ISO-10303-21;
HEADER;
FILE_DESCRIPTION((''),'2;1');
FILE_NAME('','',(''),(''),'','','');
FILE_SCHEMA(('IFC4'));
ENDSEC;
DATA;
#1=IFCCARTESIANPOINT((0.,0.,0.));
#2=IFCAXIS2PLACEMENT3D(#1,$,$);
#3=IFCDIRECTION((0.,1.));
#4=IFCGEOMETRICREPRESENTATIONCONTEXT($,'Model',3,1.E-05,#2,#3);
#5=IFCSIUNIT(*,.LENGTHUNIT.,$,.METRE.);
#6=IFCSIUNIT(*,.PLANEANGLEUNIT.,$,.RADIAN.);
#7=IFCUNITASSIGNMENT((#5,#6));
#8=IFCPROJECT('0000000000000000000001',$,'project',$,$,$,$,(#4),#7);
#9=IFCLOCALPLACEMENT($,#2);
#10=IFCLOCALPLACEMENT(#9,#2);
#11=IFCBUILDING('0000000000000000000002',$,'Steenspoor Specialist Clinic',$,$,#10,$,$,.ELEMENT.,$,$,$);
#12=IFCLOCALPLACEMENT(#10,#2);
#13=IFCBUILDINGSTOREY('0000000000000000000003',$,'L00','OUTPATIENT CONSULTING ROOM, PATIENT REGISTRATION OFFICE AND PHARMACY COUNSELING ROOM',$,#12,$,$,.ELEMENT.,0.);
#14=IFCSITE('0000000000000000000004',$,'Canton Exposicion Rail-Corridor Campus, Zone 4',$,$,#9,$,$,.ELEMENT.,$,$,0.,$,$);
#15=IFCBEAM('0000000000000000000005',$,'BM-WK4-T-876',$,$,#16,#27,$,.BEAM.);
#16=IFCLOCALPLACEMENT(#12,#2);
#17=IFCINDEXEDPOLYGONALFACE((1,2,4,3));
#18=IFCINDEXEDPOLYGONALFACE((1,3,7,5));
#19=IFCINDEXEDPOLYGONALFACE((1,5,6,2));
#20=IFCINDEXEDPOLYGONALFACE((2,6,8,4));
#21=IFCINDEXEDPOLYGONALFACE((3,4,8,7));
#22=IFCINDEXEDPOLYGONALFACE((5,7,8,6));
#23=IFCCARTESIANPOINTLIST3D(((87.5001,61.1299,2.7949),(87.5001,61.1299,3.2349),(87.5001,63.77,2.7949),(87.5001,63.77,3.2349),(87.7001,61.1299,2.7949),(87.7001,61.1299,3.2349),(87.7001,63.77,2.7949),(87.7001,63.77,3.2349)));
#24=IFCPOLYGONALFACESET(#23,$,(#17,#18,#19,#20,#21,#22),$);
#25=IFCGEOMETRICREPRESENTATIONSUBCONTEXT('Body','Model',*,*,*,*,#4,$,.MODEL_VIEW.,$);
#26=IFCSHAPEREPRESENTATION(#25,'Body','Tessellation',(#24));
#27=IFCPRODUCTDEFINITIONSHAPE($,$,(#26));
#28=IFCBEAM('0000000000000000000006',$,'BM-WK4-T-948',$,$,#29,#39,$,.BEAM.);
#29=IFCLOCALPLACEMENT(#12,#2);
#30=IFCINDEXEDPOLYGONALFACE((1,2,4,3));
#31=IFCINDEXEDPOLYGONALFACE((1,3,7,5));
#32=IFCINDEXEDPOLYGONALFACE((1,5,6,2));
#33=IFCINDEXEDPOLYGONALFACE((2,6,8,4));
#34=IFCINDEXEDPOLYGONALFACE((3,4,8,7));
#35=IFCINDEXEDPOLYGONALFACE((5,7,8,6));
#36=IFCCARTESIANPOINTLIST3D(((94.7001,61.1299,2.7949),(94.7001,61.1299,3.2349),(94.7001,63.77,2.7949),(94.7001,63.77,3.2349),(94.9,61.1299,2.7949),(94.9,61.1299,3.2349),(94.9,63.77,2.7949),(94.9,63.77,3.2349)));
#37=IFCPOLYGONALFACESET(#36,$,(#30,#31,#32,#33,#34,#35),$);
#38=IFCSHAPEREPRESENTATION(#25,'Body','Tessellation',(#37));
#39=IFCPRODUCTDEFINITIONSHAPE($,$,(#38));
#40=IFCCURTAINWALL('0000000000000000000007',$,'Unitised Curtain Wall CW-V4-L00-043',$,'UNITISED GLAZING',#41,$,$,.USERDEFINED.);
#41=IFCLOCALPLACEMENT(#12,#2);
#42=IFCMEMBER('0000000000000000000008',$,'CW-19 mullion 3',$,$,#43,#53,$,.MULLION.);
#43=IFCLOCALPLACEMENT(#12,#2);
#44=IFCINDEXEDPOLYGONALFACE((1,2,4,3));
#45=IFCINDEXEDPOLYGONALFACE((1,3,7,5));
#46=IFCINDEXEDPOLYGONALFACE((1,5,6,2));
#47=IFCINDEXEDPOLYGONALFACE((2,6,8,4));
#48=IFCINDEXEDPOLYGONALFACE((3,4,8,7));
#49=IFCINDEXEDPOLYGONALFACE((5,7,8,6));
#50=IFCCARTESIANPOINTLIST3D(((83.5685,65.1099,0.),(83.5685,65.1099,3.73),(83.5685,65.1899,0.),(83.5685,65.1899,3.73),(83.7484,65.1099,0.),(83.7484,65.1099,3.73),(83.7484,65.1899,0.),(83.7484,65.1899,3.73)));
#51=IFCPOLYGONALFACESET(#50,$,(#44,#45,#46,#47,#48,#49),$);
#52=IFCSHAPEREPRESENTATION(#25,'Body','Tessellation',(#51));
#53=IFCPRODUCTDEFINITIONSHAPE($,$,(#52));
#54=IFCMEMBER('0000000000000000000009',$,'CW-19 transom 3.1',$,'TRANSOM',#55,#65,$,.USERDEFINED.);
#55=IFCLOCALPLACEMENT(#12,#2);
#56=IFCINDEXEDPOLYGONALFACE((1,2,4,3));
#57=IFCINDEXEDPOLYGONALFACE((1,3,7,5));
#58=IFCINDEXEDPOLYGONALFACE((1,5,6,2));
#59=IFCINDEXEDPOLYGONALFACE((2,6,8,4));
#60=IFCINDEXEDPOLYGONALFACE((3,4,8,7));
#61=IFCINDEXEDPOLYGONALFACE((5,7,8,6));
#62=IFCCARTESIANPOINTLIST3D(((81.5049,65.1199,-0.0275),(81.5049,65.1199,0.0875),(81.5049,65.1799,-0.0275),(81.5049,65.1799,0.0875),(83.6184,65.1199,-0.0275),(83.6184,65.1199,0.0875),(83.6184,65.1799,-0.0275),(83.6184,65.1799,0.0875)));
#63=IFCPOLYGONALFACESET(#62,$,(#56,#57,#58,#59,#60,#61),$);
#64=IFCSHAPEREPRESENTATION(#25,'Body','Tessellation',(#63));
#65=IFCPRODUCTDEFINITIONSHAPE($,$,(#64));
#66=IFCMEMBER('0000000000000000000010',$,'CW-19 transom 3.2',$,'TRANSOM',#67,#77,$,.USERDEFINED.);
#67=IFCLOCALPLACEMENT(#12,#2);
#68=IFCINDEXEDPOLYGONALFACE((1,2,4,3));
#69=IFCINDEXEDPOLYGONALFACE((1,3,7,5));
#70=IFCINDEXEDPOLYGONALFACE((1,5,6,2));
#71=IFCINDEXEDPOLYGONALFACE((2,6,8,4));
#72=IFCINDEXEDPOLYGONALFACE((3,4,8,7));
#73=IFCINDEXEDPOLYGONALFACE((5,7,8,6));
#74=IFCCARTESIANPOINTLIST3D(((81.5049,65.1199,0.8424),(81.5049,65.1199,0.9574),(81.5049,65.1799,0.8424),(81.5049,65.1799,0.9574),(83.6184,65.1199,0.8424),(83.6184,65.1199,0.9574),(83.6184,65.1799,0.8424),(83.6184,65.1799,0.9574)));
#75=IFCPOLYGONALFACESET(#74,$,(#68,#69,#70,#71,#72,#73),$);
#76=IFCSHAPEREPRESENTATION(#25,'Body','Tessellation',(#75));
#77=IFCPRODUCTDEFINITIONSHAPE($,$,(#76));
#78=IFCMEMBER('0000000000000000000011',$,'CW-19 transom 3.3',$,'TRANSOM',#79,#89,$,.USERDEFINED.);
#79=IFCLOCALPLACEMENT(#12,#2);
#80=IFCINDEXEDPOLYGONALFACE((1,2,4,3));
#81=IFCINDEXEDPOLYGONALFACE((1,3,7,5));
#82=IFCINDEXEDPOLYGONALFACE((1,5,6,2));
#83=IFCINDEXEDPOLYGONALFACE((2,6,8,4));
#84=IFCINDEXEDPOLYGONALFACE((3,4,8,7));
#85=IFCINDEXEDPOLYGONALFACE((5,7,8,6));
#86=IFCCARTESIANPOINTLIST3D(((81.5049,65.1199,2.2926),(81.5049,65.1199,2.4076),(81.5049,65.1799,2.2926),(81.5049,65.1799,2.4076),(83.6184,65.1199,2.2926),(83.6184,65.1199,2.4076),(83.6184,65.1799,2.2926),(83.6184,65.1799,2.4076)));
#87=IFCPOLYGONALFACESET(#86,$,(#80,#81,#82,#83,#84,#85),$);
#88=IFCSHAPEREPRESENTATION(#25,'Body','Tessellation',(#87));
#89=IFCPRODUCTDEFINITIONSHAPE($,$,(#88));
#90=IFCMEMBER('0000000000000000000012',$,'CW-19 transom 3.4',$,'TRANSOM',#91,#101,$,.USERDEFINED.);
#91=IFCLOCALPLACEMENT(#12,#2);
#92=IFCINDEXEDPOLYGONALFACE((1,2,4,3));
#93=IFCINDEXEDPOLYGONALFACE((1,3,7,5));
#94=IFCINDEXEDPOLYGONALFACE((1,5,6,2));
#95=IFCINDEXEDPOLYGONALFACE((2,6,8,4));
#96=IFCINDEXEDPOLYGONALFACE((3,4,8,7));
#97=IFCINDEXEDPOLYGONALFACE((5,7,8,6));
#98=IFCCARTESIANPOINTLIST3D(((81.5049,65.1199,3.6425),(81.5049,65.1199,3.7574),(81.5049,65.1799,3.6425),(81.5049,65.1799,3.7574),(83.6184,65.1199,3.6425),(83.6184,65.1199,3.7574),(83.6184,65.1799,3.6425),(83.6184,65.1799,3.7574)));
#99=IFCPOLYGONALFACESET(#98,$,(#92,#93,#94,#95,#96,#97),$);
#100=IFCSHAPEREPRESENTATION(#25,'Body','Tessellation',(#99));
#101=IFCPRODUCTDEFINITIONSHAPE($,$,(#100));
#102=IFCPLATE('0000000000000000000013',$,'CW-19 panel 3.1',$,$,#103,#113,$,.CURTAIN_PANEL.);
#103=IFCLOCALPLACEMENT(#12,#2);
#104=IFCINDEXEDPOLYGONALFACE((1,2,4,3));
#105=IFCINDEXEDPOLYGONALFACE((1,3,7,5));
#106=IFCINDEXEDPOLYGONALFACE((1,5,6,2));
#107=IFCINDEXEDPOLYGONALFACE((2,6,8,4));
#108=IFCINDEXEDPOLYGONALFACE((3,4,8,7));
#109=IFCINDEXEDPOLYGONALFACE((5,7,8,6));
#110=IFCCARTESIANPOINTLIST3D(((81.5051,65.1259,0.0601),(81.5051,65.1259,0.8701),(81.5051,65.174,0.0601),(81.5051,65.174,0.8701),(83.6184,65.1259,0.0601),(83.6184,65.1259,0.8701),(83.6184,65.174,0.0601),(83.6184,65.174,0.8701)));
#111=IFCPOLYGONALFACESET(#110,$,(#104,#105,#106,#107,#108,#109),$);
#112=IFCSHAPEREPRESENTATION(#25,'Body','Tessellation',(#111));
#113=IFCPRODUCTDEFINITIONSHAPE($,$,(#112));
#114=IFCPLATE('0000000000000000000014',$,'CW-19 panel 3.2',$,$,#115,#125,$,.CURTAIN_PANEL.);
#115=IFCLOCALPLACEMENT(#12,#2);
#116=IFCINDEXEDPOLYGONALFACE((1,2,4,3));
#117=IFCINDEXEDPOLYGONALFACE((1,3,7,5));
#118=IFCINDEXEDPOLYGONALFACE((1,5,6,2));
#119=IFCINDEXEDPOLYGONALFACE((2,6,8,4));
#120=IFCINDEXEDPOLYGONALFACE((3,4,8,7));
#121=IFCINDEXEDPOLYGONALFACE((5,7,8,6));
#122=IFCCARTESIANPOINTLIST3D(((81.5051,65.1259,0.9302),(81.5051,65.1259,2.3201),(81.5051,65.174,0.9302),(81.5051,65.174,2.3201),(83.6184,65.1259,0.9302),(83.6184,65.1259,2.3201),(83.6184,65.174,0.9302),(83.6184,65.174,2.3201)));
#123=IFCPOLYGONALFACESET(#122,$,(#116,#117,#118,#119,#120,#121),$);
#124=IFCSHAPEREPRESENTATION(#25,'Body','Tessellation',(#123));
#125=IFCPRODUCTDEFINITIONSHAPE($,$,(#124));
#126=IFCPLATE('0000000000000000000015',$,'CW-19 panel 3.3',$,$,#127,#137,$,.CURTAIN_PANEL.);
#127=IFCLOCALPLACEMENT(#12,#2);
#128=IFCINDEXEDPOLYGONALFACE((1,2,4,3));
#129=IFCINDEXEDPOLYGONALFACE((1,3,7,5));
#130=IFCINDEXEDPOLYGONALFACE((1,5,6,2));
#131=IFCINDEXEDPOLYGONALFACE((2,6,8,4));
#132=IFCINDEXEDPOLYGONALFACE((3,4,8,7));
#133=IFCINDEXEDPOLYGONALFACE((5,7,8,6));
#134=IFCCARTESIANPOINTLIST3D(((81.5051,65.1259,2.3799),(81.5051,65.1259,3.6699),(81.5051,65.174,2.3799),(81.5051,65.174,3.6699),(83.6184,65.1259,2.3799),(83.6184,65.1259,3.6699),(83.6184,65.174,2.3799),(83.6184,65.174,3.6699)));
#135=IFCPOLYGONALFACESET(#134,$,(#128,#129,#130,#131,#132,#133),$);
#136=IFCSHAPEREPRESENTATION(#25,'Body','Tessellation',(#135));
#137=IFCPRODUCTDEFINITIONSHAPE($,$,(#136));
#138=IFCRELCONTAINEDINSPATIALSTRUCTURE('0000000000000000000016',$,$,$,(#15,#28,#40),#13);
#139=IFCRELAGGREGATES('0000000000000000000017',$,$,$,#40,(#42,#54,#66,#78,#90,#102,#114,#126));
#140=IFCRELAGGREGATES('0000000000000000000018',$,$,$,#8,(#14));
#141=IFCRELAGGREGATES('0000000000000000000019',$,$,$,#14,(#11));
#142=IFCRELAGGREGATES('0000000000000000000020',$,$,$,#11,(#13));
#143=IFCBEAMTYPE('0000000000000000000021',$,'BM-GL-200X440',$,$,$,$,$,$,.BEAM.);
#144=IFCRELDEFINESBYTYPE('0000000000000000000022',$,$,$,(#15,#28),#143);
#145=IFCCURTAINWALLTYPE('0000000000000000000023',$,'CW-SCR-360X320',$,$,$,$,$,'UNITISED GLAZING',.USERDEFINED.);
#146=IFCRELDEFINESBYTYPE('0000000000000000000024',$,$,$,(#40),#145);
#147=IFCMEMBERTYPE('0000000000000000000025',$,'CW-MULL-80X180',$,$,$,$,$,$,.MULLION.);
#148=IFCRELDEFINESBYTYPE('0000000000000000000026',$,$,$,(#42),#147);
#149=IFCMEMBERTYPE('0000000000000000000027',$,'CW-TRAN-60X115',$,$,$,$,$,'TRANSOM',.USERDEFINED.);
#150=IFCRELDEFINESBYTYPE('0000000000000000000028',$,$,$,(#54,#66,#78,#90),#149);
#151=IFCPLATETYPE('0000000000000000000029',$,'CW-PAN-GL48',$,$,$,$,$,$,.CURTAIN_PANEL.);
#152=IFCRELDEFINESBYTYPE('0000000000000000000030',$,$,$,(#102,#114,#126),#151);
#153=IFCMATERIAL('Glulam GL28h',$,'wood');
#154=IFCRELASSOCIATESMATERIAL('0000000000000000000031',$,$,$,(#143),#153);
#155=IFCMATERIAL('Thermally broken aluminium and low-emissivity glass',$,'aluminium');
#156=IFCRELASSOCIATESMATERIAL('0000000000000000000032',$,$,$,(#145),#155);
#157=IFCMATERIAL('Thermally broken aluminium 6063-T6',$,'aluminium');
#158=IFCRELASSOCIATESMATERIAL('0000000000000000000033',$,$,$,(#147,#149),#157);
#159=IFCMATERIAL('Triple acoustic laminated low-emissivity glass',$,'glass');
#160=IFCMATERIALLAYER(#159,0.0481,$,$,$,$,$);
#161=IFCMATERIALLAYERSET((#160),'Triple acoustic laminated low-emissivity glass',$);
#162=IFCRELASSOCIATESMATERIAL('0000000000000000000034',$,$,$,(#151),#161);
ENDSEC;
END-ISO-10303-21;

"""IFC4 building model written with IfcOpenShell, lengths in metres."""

from ifc_helpers import new_model, si_unit, direction, frame, origin, origin_2d, place, context, subcontext, project, spatial, rectangle, extrude, material, layer, layer_set, material_profile, profile_set, type_object, element, aggregate, save


model = new_model("IFC4")

# Units and contexts
model_context = context("Model", 3, precision=1e-05, world=origin(), true_north=direction((0.0, 1.0)))
body_context = subcontext(model_context, "Body", "Model", "MODEL_VIEW")
ifc_project = project(units=[si_unit("LENGTHUNIT", "METRE"), si_unit("PLANEANGLEUNIT", "RADIAN")], contexts=[model_context])

# Site, building, storey
site_placement = place(None, origin())
site = spatial("IfcSite", under=ifc_project, at=site_placement, Name="Canton Exposicion Rail-Corridor Campus, Zone 4", CompositionType="ELEMENT", RefElevation=0.0)
building_placement = place(site_placement, origin())
building = spatial("IfcBuilding", under=site, at=building_placement, Name="Steenspoor Specialist Clinic", CompositionType="ELEMENT")
storey_placement = place(building_placement, origin())
storey = spatial("IfcBuildingStorey", under=building, at=storey_placement, Name="L00", Description="OUTPATIENT CONSULTING ROOM, PATIENT REGISTRATION OFFICE AND PHARMACY COUNSELING ROOM", CompositionType="ELEMENT", Elevation=0.0)

# Shared definitions
ifc_material_1 = material(Name="Glulam GL28h", Category="wood")

# Beams
ifc_material_profile_1 = material_profile(ifc_material_1, rectangle(XDim=0.2, YDim=0.4399, at=origin_2d()), Name="GL28H-200X440")
ifc_profile_set_1 = profile_set([ifc_material_profile_1], Name="Glulam GL28h")
beam_type = type_object("IfcBeamType", Name="BM-GL-200X440", PredefinedType="BEAM", material=ifc_profile_set_1)
for number, where, z_axis, x_axis, name in (
    (1, (87.6001, 61.1299, 3.0149), (0.0, 1.0, 0.0), (-1.0, 0.0, 0.0), "BM-WK4-T-876"),
    (2, (94.8, 61.1299, 3.0149), (0.0, 1.0, 0.0), (-1.0, 0.0, 0.0), "BM-WK4-T-948"),
):
    element("IfcBeam", number, at=place(storey_placement, frame(where, z_axis=z_axis, x_axis=x_axis)), inside=storey, type_object=beam_type, Name=name, PredefinedType="BEAM", context=body_context, shape_type="SweptSolid", body=[
        extrude(rectangle(XDim=0.2, YDim=0.4399, at=origin_2d()), origin(), (0.0, 0.0, 1.0), 2.6401),
    ])

# Curtain wall, members, plates
ifc_material_2 = material(Name="Thermally broken aluminium and low-emissivity glass", Category="aluminium")
curtain_wall_type = type_object("IfcCurtainWallType", Name="CW-SCR-360X320", ElementType="UNITISED GLAZING", PredefinedType="USERDEFINED", material=ifc_material_2)
curtain_wall_placement = place(storey_placement, origin())
curtain_wall = element("IfcCurtainWall", 3, at=curtain_wall_placement, inside=storey, type_object=curtain_wall_type, Name="Unitised Curtain Wall CW-V4-L00-043", ObjectType="UNITISED GLAZING", PredefinedType="USERDEFINED")
ifc_material_3 = material(Name="Thermally broken aluminium 6063-T6", Category="aluminium")
ifc_material_profile_2 = material_profile(ifc_material_3, rectangle(XDim=0.0801, YDim=0.1799, at=origin_2d()), Name="CWM-80X180")
ifc_profile_set_2 = profile_set([ifc_material_profile_2], Name="Thermally broken aluminium 6063-T6")
member_type_1 = type_object("IfcMemberType", Name="CW-MULL-80X180", PredefinedType="MULLION", material=ifc_profile_set_2)
member_1_placement = place(storey_placement, frame((83.6584, 65.1499, 0.0), z_axis=(0.0, 0.0, 1.0), x_axis=(0.0, -1.0, 0.0)))
member_1 = element("IfcMember", 4, at=member_1_placement, type_object=member_type_1, Name="CW-19 mullion 3", PredefinedType="MULLION", context=body_context, shape_type="SweptSolid", body=[
    extrude(rectangle(XDim=0.0801, YDim=0.1799, at=origin_2d()), origin(), (0.0, 0.0, 1.0), 3.73),
])
ifc_material_profile_3 = material_profile(ifc_material_3, rectangle(XDim=0.0601, YDim=0.115, at=origin_2d()), Name="CWT-60X115")
ifc_profile_set_3 = profile_set([ifc_material_profile_3], Name="Thermally broken aluminium 6063-T6")
member_type_2 = type_object("IfcMemberType", Name="CW-TRAN-60X115", ElementType="TRANSOM", PredefinedType="USERDEFINED", material=ifc_profile_set_3)
member_2_placement = place(storey_placement, frame((83.6184, 65.1499, 0.03), z_axis=(-1.0, 0.0, 0.0), x_axis=(0.0, -1.0, 0.0)))
member_2 = element("IfcMember", 5, at=member_2_placement, type_object=member_type_2, Name="CW-19 transom 3.1", ObjectType="TRANSOM", PredefinedType="USERDEFINED", context=body_context, shape_type="SweptSolid", body=[
    extrude(rectangle(XDim=0.0601, YDim=0.115, at=origin_2d()), origin(), (0.0, 0.0, 1.0), 2.1135),
])
member_3_placement = place(storey_placement, frame((83.6184, 65.1499, 0.8999), z_axis=(-1.0, 0.0, 0.0), x_axis=(0.0, -1.0, 0.0)))
member_3 = element("IfcMember", 6, at=member_3_placement, type_object=member_type_2, Name="CW-19 transom 3.2", ObjectType="TRANSOM", PredefinedType="USERDEFINED", context=body_context, shape_type="SweptSolid", body=[
    extrude(rectangle(XDim=0.0601, YDim=0.115, at=origin_2d()), origin(), (0.0, 0.0, 1.0), 2.1135),
])
member_4_placement = place(storey_placement, frame((83.6184, 65.1499, 2.3501), z_axis=(-1.0, 0.0, 0.0), x_axis=(0.0, -1.0, 0.0)))
member_4 = element("IfcMember", 7, at=member_4_placement, type_object=member_type_2, Name="CW-19 transom 3.3", ObjectType="TRANSOM", PredefinedType="USERDEFINED", context=body_context, shape_type="SweptSolid", body=[
    extrude(rectangle(XDim=0.0601, YDim=0.115, at=origin_2d()), origin(), (0.0, 0.0, 1.0), 2.1135),
])
member_5_placement = place(storey_placement, frame((83.6184, 65.1499, 3.7), z_axis=(-1.0, 0.0, 0.0), x_axis=(0.0, -1.0, 0.0)))
member_5 = element("IfcMember", 8, at=member_5_placement, type_object=member_type_2, Name="CW-19 transom 3.4", ObjectType="TRANSOM", PredefinedType="USERDEFINED", context=body_context, shape_type="SweptSolid", body=[
    extrude(rectangle(XDim=0.0601, YDim=0.115, at=origin_2d()), origin(), (0.0, 0.0, 1.0), 2.1135),
])
ifc_material_4 = material(Name="Triple acoustic laminated low-emissivity glass", Category="glass")
ifc_layer = layer(ifc_material_4, 0.0481)
ifc_layer_set = layer_set([ifc_layer], Name="Triple acoustic laminated low-emissivity glass")
plate_type = type_object("IfcPlateType", Name="CW-PAN-GL48", PredefinedType="CURTAIN_PANEL", material=ifc_layer_set)
plate_1_placement = place(storey_placement, frame((82.5618, 65.1499, 0.0601), z_axis=(0.0, 0.0, 1.0), x_axis=(-1.0, 0.0, 0.0)))
plate_1 = element("IfcPlate", 9, at=plate_1_placement, type_object=plate_type, Name="CW-19 panel 3.1", PredefinedType="CURTAIN_PANEL", context=body_context, shape_type="SweptSolid", body=[
    extrude(rectangle(XDim=2.1133, YDim=0.0481, at=origin_2d()), origin(), (0.0, 0.0, 1.0), 0.8101),
])
plate_2_placement = place(storey_placement, frame((82.5618, 65.1499, 0.9302), z_axis=(0.0, 0.0, 1.0), x_axis=(-1.0, 0.0, 0.0)))
plate_2 = element("IfcPlate", 10, at=plate_2_placement, type_object=plate_type, Name="CW-19 panel 3.2", PredefinedType="CURTAIN_PANEL", context=body_context, shape_type="SweptSolid", body=[
    extrude(rectangle(XDim=2.1133, YDim=0.0481, at=origin_2d()), origin(), (0.0, 0.0, 1.0), 1.3899),
])
plate_3_placement = place(storey_placement, frame((82.5618, 65.1499, 2.3799), z_axis=(0.0, 0.0, 1.0), x_axis=(-1.0, 0.0, 0.0)))
plate_3 = element("IfcPlate", 11, at=plate_3_placement, type_object=plate_type, Name="CW-19 panel 3.3", PredefinedType="CURTAIN_PANEL", context=body_context, shape_type="SweptSolid", body=[
    extrude(rectangle(XDim=2.1133, YDim=0.0481, at=origin_2d()), origin(), (0.0, 0.0, 1.0), 1.29),
])
aggregate(curtain_wall, [member_1, member_2, member_3, member_4, member_5, plate_1, plate_2, plate_3])

save(model, "model.ifc")
